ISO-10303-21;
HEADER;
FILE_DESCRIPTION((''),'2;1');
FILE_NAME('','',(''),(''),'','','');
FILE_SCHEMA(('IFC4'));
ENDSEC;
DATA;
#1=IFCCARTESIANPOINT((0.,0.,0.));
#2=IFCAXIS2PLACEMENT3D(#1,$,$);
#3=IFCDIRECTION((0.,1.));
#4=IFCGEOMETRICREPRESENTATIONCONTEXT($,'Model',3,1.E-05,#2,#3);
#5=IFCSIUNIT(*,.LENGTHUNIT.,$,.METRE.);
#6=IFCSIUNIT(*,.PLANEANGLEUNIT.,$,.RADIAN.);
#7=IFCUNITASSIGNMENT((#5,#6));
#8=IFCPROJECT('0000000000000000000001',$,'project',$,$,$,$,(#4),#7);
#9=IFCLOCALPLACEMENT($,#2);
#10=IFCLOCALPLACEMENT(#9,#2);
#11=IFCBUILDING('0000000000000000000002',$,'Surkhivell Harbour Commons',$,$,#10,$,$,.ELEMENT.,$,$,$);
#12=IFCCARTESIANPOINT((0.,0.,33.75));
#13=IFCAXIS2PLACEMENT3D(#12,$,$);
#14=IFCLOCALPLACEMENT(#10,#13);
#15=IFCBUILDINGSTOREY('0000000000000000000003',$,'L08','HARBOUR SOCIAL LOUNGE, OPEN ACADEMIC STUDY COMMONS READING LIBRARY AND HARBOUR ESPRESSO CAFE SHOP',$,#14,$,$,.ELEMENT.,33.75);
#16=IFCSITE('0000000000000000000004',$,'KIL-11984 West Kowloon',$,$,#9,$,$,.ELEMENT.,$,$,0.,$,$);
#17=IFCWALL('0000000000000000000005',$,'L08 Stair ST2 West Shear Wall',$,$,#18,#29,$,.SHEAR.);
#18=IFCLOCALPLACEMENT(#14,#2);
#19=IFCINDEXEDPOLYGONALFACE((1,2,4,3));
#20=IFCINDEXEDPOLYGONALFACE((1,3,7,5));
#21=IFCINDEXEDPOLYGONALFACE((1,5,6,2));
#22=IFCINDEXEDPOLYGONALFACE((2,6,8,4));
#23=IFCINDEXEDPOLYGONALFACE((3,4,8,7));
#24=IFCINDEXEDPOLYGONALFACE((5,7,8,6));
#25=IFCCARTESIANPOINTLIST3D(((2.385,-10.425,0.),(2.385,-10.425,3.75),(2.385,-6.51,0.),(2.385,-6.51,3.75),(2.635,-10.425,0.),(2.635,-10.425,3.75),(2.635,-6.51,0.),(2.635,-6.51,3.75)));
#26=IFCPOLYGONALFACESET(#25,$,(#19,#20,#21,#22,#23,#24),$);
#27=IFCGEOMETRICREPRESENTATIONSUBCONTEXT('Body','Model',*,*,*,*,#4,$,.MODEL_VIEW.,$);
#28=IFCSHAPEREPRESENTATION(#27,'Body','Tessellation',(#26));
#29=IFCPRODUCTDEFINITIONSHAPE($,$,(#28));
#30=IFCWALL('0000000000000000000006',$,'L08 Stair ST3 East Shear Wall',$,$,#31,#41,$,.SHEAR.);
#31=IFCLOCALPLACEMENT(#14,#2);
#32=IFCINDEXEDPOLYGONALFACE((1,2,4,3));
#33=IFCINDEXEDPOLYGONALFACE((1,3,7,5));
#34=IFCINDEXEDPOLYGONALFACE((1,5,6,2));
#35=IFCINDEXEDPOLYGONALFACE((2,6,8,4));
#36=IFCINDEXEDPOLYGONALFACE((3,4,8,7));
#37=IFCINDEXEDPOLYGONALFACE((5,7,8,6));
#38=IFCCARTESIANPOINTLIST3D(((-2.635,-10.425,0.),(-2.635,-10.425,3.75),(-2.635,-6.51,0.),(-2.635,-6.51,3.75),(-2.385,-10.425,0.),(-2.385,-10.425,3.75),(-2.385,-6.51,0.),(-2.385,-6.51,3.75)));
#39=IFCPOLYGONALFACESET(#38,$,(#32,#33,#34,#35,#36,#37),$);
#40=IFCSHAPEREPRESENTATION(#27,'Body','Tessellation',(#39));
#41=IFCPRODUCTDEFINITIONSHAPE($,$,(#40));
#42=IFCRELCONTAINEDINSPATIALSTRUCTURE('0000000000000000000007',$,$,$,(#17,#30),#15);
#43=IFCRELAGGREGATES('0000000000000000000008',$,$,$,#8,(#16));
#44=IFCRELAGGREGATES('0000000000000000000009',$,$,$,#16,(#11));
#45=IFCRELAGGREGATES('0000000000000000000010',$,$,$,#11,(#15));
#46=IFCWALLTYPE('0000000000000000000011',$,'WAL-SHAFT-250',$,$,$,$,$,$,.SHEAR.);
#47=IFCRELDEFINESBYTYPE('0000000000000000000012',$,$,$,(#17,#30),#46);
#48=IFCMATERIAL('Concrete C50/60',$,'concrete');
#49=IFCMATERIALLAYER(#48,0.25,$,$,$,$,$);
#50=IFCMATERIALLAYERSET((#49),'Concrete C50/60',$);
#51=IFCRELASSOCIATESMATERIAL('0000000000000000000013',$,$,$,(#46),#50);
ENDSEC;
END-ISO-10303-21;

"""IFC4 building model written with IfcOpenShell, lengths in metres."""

from ifc_helpers import new_model, si_unit, direction, frame, frame_2d, origin, place, context, subcontext, project, spatial, rectangle, extrude, material, layer, layer_set, type_object, element, save


model = new_model("IFC4")

# Units and contexts
model_context = context("Model", 3, precision=1e-05, world=origin(), true_north=direction((0.0, 1.0)))
body_context = subcontext(model_context, "Body", "Model", "MODEL_VIEW")
ifc_project = project(units=[si_unit("LENGTHUNIT", "METRE"), si_unit("PLANEANGLEUNIT", "RADIAN")], contexts=[model_context])

# Site, building, storey
site_placement = place(None, origin())
site = spatial("IfcSite", under=ifc_project, at=site_placement, Name="KIL-11984 West Kowloon", CompositionType="ELEMENT", RefElevation=0.0)
building_placement = place(site_placement, origin())
building = spatial("IfcBuilding", under=site, at=building_placement, Name="Surkhivell Harbour Commons", CompositionType="ELEMENT")
storey_placement = place(building_placement, frame((0.0, 0.0, 33.75)))
storey = spatial("IfcBuildingStorey", under=building, at=storey_placement, Name="L08", Description="HARBOUR SOCIAL LOUNGE, OPEN ACADEMIC STUDY COMMONS READING LIBRARY AND HARBOUR ESPRESSO CAFE SHOP", CompositionType="ELEMENT", Elevation=33.75)

# Shared definitions
ifc_material_1 = material(Name="Concrete C50/60", Category="concrete")
ifc_layer_1 = layer(ifc_material_1, 0.25)
ifc_layer_set_1 = layer_set([ifc_layer_1], Name="Concrete C50/60")
wall_type_1 = type_object("IfcWallType", Name="WAL-SHAFT-250", PredefinedType="SHEAR", material=ifc_layer_set_1)

# Walls
for number, where, z_axis, x_axis, name in (
    (1, (2.51, -10.425, 0.0), (0.0, 0.0, 1.0), (0.0, 1.0, 0.0), "L08 Stair ST2 West Shear Wall"),
    (2, (-2.51, -10.425, 0.0), (0.0, 0.0, 1.0), (0.0, 1.0, 0.0), "L08 Stair ST3 East Shear Wall"),
):
    element("IfcWall", number, at=place(storey_placement, frame(where, z_axis=z_axis, x_axis=x_axis)), inside=storey, type_object=wall_type_1, Name=name, PredefinedType="SHEAR", context=body_context, shape_type="SweptSolid", body=[
        extrude(rectangle(XDim=3.915, YDim=0.25, at=frame_2d((1.9575, 0.0))), origin(), (0.0, 0.0, 1.0), 3.75),
    ])

save(model, "model.ifc")
